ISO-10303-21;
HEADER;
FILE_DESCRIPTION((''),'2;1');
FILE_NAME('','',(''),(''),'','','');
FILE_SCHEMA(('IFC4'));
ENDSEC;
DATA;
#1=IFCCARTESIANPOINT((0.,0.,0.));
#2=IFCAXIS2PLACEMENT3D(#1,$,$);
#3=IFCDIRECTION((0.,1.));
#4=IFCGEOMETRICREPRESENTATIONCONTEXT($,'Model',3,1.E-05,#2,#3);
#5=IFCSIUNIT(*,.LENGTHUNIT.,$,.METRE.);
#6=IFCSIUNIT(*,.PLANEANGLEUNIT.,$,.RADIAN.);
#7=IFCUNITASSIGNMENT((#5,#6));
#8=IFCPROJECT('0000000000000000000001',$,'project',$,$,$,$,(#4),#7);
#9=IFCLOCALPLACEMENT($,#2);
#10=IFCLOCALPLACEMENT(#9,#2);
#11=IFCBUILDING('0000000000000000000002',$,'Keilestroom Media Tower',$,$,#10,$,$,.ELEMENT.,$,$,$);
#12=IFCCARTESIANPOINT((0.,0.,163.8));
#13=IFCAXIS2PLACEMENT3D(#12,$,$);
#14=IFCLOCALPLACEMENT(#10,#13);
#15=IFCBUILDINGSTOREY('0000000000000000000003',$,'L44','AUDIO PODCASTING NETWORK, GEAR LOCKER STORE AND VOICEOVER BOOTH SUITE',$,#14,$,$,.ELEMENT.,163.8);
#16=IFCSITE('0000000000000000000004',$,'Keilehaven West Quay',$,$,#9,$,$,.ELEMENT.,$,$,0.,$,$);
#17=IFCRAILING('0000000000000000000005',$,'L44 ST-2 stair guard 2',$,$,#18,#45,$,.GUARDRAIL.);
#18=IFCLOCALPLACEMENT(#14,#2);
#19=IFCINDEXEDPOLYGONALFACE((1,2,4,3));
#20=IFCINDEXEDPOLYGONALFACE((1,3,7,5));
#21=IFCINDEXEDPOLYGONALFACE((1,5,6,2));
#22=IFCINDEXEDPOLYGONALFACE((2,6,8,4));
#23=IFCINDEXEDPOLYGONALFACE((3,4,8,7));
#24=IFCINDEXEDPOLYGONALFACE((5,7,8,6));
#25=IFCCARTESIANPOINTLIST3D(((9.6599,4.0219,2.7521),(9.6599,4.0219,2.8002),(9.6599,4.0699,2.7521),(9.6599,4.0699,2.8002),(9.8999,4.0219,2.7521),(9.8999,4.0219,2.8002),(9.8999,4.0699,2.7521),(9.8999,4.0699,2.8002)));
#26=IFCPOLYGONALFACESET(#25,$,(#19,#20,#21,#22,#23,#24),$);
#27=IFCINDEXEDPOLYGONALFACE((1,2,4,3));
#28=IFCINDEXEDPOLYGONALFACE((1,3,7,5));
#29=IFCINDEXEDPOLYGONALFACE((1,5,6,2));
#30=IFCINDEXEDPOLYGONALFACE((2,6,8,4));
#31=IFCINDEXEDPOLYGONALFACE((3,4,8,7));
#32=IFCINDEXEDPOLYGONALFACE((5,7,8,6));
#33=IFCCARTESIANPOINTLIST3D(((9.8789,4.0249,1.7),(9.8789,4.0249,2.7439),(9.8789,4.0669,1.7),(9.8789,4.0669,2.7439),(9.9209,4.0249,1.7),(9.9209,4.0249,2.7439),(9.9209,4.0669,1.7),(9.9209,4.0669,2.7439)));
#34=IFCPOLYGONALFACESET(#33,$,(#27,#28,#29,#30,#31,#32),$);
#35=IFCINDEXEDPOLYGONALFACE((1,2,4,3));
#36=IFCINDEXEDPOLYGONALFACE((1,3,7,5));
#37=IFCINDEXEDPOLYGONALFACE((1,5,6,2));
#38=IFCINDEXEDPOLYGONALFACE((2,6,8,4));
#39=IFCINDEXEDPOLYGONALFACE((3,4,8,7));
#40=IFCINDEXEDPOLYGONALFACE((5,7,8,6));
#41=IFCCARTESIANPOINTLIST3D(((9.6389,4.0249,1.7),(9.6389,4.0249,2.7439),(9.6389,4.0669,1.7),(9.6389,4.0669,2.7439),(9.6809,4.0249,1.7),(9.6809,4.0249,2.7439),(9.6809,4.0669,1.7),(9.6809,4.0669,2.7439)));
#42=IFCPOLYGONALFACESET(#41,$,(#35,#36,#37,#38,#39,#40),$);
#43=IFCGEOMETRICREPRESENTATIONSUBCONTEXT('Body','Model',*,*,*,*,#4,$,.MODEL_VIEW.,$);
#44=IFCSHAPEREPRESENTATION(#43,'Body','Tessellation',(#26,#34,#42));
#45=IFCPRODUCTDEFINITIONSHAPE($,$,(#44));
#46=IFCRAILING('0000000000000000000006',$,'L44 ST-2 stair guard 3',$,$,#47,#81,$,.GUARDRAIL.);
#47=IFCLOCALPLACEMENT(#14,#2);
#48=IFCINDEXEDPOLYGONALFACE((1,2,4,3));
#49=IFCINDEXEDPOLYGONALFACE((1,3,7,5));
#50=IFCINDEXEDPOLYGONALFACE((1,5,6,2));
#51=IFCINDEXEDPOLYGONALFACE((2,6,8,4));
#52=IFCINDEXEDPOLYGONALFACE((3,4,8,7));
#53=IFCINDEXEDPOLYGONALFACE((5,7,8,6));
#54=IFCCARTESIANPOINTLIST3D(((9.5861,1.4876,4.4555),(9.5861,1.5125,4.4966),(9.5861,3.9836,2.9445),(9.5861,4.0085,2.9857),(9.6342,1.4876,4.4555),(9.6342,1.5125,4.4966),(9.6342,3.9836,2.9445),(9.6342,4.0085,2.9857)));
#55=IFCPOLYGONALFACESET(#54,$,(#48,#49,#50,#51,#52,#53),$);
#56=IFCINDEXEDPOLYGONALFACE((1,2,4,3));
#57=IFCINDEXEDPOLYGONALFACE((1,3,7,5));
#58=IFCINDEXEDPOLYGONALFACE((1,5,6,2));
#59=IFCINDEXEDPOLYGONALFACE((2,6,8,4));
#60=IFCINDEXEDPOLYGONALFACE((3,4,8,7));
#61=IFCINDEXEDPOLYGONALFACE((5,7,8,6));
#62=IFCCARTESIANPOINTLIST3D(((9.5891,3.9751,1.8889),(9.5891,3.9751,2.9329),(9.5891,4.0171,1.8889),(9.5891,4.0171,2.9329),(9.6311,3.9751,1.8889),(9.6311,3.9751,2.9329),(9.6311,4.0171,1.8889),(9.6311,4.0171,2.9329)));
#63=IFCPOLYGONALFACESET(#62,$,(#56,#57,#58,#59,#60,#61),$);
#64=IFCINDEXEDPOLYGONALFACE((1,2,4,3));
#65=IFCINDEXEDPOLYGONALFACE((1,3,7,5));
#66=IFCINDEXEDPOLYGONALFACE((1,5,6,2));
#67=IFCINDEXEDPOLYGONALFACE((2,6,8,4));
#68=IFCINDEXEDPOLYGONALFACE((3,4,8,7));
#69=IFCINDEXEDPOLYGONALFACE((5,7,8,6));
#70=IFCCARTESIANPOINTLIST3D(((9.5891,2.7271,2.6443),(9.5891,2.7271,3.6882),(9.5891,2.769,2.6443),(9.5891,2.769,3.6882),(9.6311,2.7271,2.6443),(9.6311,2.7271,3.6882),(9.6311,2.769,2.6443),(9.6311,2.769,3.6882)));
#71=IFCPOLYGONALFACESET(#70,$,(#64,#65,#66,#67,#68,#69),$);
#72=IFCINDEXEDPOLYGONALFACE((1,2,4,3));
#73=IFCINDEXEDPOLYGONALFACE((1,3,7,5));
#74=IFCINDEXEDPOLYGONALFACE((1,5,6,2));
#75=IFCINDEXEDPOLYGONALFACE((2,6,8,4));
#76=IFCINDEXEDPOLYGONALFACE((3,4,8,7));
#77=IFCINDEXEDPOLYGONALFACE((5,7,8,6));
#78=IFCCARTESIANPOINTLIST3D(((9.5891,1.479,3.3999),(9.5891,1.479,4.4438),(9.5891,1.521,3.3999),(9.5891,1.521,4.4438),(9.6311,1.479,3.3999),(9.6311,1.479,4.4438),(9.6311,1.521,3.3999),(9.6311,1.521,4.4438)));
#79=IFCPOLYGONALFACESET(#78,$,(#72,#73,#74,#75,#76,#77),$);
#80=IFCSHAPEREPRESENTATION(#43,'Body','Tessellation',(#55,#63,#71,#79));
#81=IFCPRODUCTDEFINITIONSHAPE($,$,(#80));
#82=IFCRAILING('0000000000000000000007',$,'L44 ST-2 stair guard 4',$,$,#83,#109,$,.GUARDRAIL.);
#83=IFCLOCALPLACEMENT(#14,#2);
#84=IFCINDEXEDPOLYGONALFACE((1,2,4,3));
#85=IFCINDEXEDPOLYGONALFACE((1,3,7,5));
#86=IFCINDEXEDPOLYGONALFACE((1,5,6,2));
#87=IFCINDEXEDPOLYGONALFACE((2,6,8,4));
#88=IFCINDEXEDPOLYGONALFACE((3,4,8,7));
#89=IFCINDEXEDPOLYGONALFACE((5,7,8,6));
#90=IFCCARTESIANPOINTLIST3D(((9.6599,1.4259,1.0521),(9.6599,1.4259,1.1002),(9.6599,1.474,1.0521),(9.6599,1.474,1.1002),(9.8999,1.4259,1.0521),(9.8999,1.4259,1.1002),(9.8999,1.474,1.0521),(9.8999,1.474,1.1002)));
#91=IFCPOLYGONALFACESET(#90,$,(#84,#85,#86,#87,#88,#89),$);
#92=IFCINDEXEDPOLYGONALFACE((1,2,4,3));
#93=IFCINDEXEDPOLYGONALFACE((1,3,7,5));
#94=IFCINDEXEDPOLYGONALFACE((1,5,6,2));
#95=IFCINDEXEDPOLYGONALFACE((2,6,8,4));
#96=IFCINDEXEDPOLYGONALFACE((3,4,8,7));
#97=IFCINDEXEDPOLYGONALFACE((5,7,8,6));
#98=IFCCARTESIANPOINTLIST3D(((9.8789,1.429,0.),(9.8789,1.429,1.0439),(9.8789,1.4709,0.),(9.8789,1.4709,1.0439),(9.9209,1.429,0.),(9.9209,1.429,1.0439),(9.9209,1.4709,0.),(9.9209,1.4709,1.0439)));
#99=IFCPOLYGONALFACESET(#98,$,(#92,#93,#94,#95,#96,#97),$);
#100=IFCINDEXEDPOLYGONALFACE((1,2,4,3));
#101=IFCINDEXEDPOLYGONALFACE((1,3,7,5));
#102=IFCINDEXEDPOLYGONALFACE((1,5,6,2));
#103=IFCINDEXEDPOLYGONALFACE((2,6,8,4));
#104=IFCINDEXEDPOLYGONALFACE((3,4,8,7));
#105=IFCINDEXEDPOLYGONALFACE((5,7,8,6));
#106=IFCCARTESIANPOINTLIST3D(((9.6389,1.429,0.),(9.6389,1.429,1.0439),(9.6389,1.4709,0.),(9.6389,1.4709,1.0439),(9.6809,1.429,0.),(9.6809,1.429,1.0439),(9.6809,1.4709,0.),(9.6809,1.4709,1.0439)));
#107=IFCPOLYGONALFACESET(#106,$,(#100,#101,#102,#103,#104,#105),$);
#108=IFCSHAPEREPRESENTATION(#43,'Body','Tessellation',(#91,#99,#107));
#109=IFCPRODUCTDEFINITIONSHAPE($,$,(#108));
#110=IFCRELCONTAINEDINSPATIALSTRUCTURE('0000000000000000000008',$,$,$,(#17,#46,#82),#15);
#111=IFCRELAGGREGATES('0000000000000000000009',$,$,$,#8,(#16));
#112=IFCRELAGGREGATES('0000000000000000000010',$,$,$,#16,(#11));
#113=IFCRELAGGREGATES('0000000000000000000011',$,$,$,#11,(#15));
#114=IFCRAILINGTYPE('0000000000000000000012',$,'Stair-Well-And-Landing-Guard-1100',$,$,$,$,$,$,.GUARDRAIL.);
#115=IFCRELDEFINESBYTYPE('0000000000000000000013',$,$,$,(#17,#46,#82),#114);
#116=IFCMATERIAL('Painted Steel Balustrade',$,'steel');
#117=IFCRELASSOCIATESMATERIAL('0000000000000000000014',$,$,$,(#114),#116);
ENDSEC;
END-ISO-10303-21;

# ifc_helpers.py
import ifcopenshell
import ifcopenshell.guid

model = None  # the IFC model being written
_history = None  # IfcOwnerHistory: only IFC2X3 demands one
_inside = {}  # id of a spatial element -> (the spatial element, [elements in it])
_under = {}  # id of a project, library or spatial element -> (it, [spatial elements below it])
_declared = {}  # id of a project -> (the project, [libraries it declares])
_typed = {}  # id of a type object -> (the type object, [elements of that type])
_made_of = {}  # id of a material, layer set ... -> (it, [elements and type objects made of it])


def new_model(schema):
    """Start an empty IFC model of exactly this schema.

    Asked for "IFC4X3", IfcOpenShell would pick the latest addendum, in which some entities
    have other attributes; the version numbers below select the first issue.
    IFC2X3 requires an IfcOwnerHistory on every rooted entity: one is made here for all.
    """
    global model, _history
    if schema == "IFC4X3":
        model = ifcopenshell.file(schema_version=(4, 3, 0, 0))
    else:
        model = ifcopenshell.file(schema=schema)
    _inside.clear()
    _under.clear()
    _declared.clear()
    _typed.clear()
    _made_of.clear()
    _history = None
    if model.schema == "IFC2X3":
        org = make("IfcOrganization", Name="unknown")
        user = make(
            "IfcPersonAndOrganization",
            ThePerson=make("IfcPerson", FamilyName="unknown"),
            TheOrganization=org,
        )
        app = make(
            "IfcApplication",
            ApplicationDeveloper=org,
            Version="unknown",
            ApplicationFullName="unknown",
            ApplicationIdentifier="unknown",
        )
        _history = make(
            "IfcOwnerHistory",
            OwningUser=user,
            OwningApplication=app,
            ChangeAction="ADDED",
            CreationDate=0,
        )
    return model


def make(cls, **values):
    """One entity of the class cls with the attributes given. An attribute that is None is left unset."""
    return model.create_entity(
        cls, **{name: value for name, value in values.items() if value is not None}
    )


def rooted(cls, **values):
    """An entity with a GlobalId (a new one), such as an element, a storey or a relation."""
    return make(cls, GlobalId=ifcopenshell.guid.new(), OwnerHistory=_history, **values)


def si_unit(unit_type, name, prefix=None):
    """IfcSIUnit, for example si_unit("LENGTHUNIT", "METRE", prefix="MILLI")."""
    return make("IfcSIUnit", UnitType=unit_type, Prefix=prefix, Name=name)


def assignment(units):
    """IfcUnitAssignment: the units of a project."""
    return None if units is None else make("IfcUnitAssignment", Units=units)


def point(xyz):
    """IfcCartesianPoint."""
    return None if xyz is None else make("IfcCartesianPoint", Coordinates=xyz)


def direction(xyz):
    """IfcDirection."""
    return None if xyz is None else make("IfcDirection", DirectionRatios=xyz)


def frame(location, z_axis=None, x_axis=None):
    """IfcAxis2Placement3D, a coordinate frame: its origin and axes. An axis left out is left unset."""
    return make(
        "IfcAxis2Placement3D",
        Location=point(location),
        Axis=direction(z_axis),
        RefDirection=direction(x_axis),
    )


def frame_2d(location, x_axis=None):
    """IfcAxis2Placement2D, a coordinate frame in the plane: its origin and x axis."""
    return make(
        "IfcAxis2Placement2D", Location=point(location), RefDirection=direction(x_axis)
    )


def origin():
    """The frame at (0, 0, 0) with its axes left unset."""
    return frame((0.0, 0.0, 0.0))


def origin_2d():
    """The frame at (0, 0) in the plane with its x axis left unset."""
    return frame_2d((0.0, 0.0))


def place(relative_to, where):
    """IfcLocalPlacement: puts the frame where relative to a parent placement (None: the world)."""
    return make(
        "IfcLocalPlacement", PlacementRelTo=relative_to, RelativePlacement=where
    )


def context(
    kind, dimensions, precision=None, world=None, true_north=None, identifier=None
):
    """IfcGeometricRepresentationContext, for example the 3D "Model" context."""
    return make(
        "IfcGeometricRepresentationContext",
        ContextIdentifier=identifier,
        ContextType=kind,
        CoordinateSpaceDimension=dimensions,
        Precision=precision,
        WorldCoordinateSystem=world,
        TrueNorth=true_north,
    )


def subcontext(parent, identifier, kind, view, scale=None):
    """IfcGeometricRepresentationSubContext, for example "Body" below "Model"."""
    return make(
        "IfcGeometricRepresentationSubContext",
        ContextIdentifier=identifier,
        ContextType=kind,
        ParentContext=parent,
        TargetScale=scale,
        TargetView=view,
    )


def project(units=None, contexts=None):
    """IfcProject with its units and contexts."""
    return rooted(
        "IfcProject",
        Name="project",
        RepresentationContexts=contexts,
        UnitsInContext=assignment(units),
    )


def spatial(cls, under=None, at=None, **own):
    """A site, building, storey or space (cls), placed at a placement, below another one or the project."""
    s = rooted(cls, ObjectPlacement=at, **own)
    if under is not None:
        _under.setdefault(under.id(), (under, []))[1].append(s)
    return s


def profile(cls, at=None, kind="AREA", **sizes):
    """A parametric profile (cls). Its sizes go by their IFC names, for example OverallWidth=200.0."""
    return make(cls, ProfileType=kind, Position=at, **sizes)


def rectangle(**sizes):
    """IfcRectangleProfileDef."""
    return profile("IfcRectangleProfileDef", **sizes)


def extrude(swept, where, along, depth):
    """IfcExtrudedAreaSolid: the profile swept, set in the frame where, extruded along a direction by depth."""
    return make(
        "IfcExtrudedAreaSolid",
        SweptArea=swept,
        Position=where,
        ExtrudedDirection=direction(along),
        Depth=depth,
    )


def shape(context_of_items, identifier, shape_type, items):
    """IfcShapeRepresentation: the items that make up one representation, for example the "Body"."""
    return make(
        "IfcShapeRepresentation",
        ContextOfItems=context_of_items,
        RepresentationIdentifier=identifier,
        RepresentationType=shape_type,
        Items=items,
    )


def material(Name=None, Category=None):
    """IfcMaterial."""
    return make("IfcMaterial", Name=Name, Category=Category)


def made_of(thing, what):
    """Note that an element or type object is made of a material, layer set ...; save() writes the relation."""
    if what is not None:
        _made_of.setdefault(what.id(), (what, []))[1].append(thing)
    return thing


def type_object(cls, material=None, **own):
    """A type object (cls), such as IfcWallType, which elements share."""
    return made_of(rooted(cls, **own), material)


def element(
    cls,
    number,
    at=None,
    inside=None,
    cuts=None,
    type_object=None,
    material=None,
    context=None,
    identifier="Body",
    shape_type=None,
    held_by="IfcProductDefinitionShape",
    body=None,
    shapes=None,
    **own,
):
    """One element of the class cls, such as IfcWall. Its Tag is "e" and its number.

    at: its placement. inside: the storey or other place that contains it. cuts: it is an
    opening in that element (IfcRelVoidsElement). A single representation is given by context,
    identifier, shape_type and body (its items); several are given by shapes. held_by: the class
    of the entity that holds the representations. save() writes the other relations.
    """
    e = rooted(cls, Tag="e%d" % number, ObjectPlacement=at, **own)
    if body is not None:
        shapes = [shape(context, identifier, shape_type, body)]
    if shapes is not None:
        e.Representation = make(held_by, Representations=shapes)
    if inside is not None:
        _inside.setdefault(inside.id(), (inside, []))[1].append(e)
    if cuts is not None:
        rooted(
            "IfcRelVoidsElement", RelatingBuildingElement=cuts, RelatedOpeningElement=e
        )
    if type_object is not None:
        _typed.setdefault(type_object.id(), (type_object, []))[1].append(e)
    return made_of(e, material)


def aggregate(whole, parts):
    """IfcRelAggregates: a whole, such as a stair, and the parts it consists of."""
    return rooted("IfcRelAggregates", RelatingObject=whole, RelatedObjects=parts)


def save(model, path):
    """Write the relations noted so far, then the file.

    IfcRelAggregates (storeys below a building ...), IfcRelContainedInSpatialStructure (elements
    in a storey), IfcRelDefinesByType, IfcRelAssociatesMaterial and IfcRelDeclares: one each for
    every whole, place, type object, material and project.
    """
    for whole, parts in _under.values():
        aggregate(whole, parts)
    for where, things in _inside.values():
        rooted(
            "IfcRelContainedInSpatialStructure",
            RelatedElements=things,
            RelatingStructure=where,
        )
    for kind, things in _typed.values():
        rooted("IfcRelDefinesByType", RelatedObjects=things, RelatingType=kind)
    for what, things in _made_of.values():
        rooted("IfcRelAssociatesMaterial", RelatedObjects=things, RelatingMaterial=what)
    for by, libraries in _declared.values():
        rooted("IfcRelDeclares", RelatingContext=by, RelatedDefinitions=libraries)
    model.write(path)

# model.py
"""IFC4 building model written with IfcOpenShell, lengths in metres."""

from ifc_helpers import new_model, si_unit, direction, frame, origin, origin_2d, place, context, subcontext, project, spatial, rectangle, extrude, material, type_object, element, save


model = new_model("IFC4")

# Units and contexts
model_context = context("Model", 3, precision=1e-05, world=origin(), true_north=direction((0.0, 1.0)))
body_context = subcontext(model_context, "Body", "Model", "MODEL_VIEW")
ifc_project = project(units=[si_unit("LENGTHUNIT", "METRE"), si_unit("PLANEANGLEUNIT", "RADIAN")], contexts=[model_context])

# Site, building, storey
site_placement = place(None, origin())
site = spatial("IfcSite", under=ifc_project, at=site_placement, Name="Keilehaven West Quay", CompositionType="ELEMENT", RefElevation=0.0)
building_placement = place(site_placement, origin())
building = spatial("IfcBuilding", under=site, at=building_placement, Name="Keilestroom Media Tower", CompositionType="ELEMENT")
storey_placement = place(building_placement, frame((0.0, 0.0, 163.8)))
storey = spatial("IfcBuildingStorey", under=building, at=storey_placement, Name="L44", Description="AUDIO PODCASTING NETWORK, GEAR LOCKER STORE AND VOICEOVER BOOTH SUITE", CompositionType="ELEMENT", Elevation=163.8)

# Railings
ifc_material_1 = material(Name="Painted Steel Balustrade", Category="steel")
railing_type_1 = type_object("IfcRailingType", Name="Stair-Well-And-Landing-Guard-1100", PredefinedType="GUARDRAIL", material=ifc_material_1)
railing_1_placement = place(storey_placement, frame((9.8999, 4.0459, 1.7)))
element("IfcRailing", 1, at=railing_1_placement, inside=storey, type_object=railing_type_1, Name="L44 ST-2 stair guard 2", PredefinedType="GUARDRAIL", context=body_context, shape_type="SweptSolid", body=[
    extrude(rectangle(XDim=0.0481, YDim=0.0481, at=origin_2d()), frame((0.0, 0.0, 1.0762), z_axis=(-1.0, 0.0, 0.0), x_axis=(0.0, -1.0, 0.0)), (0.0, 0.0, 1.0), 0.24),
    extrude(rectangle(XDim=0.042, YDim=0.042, at=origin_2d()), origin(), (0.0, 0.0, 1.0), 1.0439),
    extrude(rectangle(XDim=0.042, YDim=0.042, at=origin_2d()), frame((-0.24, 0.0, 0.0)), (0.0, 0.0, 1.0), 1.0439),
])
railing_2_placement = place(storey_placement, frame((9.6101, 3.9961, 1.8889)))
element("IfcRailing", 2, at=railing_2_placement, inside=storey, type_object=railing_type_1, Name="L44 ST-2 stair guard 3", PredefinedType="GUARDRAIL", context=body_context, shape_type="SweptSolid", body=[
    extrude(rectangle(XDim=0.0481, YDim=0.0481, at=origin_2d()), frame((0.0, 0.0, 1.0762), z_axis=(0.0, -0.855471, 0.517851), x_axis=(1.0, 0.0, 0.0)), (0.0, 0.0, 1.0), 2.9177),
    extrude(rectangle(XDim=0.042, YDim=0.042, at=origin_2d()), origin(), (0.0, 0.0, 1.0), 1.0439),
    extrude(rectangle(XDim=0.042, YDim=0.042, at=origin_2d()), frame((0.0, -1.248, 0.7554)), (0.0, 0.0, 1.0), 1.0439),
    extrude(rectangle(XDim=0.042, YDim=0.042, at=origin_2d()), frame((0.0, -2.4961, 1.511)), (0.0, 0.0, 1.0), 1.0439),
])
railing_3_placement = place(storey_placement, frame((9.8999, 1.45, 0.0)))
element("IfcRailing", 3, at=railing_3_placement, inside=storey, type_object=railing_type_1, Name="L44 ST-2 stair guard 4", PredefinedType="GUARDRAIL", context=body_context, shape_type="SweptSolid", body=[
    extrude(rectangle(XDim=0.0481, YDim=0.0481, at=origin_2d()), frame((0.0, 0.0, 1.0762), z_axis=(-1.0, 0.0, 0.0), x_axis=(0.0, -1.0, 0.0)), (0.0, 0.0, 1.0), 0.24),
    extrude(rectangle(XDim=0.042, YDim=0.042, at=origin_2d()), origin(), (0.0, 0.0, 1.0), 1.0439),
    extrude(rectangle(XDim=0.042, YDim=0.042, at=origin_2d()), frame((-0.24, 0.0, 0.0)), (0.0, 0.0, 1.0), 1.0439),
])

save(model, "model.ifc")
